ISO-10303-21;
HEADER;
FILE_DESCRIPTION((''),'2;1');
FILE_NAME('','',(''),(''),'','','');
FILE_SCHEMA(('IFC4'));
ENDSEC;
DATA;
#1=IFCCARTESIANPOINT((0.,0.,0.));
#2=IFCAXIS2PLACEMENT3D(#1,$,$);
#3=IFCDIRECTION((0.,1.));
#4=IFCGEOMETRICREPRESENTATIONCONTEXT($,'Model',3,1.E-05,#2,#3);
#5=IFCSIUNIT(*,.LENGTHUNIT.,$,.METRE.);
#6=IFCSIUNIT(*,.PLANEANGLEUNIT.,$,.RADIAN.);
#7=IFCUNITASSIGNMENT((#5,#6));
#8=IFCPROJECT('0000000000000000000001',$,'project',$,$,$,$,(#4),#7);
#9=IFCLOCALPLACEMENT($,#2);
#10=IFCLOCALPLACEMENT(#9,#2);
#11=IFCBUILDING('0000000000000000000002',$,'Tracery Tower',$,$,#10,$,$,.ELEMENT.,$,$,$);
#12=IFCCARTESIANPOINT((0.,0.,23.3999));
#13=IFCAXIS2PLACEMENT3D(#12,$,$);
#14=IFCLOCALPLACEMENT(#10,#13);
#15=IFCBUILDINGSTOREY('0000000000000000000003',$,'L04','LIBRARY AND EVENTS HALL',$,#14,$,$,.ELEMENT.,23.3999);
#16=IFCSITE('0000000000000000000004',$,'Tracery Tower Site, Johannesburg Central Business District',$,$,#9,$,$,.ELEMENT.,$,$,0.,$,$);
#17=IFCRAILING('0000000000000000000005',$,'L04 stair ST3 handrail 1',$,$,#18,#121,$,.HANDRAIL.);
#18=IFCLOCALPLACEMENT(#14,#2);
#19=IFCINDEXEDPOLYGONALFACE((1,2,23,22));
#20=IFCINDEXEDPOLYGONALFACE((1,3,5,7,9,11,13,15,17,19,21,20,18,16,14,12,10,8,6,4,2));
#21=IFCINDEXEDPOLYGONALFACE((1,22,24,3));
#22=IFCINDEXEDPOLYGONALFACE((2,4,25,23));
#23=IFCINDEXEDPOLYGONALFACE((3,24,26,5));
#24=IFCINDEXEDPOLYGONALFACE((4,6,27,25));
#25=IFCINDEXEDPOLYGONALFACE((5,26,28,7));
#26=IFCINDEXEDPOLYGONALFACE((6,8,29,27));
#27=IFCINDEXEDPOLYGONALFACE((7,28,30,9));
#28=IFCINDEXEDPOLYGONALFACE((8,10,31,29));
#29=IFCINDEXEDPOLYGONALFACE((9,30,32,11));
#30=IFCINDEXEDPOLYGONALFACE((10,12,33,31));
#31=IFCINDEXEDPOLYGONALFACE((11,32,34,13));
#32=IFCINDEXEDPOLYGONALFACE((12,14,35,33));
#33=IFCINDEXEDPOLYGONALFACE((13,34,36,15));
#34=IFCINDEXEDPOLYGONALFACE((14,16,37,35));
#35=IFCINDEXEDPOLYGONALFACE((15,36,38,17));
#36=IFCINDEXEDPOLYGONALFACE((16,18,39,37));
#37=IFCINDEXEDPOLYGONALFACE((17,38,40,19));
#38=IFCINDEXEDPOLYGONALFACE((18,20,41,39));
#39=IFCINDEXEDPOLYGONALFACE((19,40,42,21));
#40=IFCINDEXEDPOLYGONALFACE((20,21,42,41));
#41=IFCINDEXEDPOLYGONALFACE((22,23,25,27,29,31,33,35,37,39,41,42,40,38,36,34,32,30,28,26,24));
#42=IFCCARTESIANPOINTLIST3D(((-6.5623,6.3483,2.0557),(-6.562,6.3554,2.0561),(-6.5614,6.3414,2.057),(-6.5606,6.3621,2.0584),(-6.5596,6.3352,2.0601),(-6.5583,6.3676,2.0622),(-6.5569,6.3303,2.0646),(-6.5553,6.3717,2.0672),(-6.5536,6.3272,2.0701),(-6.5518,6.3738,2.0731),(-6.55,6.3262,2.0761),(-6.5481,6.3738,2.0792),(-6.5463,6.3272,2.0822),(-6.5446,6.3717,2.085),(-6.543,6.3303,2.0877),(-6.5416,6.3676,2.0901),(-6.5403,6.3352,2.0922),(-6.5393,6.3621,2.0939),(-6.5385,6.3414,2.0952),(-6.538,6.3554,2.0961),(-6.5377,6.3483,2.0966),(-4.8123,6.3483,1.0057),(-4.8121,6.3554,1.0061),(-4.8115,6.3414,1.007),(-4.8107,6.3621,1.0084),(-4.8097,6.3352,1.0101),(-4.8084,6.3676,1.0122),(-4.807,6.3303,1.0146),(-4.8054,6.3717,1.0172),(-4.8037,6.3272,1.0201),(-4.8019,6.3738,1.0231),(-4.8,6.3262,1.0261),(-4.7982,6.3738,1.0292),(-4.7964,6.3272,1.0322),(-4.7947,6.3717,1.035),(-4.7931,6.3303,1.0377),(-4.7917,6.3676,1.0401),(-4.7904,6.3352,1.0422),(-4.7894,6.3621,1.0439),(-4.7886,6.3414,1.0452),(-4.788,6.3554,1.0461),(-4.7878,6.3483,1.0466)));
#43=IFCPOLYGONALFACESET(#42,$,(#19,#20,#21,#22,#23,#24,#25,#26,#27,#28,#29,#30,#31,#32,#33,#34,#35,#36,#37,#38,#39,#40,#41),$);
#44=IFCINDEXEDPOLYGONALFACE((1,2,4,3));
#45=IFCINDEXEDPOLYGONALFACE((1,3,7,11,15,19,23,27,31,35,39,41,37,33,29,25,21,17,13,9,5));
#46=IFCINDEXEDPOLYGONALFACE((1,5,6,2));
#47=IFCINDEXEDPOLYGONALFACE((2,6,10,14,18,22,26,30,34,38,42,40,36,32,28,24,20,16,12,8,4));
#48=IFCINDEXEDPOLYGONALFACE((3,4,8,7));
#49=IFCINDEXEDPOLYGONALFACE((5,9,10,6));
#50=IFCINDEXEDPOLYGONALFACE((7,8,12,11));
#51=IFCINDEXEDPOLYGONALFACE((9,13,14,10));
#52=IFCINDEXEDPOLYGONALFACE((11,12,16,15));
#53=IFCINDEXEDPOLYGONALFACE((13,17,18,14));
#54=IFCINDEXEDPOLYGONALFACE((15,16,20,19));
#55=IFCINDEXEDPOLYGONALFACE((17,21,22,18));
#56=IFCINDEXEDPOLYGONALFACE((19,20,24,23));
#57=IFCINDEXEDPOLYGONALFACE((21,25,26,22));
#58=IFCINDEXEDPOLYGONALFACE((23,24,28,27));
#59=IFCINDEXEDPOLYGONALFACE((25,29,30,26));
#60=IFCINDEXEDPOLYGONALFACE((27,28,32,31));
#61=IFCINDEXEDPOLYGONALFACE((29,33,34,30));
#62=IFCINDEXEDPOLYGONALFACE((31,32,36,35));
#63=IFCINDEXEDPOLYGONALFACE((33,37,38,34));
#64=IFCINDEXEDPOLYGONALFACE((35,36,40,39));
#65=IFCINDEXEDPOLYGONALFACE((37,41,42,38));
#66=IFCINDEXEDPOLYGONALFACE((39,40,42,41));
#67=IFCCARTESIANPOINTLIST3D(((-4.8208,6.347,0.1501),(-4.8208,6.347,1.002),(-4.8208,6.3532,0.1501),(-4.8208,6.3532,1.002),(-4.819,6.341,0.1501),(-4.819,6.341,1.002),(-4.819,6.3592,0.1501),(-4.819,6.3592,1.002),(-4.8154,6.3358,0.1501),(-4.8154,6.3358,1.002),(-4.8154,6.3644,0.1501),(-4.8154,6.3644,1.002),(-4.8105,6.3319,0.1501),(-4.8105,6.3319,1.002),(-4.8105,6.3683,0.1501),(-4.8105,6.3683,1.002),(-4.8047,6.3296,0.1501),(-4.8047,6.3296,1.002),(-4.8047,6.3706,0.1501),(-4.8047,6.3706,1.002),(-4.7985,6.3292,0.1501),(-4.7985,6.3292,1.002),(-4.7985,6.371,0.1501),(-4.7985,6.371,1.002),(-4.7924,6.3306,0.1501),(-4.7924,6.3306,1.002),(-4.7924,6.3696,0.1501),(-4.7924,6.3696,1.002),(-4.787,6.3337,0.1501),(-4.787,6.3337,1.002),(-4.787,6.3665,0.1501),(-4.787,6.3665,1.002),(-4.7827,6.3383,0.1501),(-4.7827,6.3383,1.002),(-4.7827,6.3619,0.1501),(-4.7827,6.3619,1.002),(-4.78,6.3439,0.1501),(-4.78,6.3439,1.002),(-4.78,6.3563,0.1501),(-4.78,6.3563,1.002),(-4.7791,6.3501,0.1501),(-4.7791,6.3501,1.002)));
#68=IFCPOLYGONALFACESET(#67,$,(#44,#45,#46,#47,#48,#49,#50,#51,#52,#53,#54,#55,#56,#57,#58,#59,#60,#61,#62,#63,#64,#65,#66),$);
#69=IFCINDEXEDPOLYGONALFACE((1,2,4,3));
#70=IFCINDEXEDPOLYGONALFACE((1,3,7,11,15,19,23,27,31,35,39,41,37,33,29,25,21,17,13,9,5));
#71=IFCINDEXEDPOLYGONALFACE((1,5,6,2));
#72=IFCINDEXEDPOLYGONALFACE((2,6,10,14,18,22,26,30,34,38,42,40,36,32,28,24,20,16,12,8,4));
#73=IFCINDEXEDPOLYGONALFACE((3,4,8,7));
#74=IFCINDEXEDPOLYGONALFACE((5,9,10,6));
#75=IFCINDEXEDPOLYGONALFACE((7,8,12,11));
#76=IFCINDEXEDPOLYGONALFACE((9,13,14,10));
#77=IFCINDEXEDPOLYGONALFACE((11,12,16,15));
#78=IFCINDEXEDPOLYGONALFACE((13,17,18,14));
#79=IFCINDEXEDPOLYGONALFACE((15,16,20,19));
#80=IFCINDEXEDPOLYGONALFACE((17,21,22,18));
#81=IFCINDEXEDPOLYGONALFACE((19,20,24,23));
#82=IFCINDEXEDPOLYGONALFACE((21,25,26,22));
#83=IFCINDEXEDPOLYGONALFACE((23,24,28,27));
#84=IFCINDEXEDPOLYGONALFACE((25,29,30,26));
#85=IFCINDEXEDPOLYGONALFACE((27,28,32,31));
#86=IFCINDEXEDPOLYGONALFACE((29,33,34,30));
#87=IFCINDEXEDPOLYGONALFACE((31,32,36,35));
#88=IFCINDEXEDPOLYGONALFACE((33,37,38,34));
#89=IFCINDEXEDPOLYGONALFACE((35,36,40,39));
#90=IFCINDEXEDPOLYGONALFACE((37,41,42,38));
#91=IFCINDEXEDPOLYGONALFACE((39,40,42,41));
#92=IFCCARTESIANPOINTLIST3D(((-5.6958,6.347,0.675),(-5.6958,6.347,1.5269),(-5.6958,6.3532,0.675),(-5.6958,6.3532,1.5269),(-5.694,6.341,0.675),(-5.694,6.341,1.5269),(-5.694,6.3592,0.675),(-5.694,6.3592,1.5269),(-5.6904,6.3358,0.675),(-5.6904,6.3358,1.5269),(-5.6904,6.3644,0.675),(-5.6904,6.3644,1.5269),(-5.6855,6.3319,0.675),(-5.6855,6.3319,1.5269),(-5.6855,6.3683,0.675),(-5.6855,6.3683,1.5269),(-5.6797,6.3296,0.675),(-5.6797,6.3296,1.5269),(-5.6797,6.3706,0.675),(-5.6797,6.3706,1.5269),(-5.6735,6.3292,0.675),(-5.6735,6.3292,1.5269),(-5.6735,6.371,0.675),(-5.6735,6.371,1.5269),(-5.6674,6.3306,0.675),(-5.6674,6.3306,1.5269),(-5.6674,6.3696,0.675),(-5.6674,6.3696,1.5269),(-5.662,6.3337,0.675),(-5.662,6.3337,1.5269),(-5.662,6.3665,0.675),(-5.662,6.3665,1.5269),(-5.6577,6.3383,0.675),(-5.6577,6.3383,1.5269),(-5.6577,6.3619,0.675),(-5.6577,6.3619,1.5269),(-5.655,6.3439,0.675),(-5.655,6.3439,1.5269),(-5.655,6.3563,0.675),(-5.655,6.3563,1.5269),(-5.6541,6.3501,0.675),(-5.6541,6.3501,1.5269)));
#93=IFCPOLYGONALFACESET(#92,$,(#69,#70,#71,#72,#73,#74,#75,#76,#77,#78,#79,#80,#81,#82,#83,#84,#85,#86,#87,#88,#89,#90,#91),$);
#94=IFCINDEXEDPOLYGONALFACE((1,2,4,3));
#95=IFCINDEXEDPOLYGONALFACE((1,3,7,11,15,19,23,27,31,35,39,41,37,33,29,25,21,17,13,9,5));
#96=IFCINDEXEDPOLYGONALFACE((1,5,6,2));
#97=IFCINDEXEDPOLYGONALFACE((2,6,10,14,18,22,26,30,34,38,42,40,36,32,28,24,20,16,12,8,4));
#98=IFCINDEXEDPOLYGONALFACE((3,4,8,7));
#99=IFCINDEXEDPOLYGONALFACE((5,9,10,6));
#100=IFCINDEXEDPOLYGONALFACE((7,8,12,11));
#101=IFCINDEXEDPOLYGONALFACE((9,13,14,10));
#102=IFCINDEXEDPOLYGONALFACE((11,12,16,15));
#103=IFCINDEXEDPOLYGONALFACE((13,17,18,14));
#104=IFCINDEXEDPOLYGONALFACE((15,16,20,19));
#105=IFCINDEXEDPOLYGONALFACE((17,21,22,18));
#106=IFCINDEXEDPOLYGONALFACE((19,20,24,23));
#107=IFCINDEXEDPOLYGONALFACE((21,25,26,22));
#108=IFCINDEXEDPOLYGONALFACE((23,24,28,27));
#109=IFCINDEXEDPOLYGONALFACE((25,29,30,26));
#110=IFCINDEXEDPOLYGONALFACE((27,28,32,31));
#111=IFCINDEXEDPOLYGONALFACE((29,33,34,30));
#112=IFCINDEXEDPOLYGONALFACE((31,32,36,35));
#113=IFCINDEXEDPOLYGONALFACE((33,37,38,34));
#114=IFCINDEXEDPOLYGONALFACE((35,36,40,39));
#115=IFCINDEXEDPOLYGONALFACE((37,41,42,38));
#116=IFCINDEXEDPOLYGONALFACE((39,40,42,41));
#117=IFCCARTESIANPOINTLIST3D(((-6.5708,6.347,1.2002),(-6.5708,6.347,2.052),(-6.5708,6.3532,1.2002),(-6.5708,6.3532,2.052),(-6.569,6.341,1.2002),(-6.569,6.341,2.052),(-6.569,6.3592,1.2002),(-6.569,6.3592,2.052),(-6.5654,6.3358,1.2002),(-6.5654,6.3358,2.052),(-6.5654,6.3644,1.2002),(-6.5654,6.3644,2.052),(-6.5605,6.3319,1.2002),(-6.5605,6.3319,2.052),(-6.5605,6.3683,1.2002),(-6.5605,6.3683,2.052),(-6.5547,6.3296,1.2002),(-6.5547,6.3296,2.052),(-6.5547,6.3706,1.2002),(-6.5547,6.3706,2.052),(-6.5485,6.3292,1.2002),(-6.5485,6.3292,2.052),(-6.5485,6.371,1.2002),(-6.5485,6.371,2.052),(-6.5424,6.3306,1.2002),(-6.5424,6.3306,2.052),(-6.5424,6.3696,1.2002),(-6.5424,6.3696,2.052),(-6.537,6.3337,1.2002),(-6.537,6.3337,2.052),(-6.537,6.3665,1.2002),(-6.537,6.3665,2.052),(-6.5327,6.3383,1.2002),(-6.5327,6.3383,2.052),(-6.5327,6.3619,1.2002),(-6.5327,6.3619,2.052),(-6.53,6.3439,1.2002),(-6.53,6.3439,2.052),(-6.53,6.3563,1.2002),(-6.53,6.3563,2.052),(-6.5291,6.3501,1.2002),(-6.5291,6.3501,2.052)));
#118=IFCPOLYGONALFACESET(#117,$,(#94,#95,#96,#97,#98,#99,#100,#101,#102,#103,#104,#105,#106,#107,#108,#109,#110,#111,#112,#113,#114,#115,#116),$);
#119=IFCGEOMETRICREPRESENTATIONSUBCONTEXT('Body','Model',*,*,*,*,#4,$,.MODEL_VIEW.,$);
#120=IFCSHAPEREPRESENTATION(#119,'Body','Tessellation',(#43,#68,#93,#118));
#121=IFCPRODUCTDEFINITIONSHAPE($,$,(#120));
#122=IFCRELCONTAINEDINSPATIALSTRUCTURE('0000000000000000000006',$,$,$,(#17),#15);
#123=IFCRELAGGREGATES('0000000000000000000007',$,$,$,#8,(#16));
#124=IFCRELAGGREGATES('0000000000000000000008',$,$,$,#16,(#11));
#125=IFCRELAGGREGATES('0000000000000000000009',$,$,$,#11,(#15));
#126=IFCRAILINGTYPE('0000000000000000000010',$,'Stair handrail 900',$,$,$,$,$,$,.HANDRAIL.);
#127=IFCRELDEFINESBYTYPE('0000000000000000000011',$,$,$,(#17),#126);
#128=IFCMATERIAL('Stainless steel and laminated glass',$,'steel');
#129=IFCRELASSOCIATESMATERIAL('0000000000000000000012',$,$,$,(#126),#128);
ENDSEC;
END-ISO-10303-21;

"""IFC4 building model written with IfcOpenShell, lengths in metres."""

from ifc_helpers import new_model, si_unit, direction, frame, origin, origin_2d, place, context, subcontext, project, spatial, circle, extrude, material, type_object, element, save


model = new_model("IFC4")

# Units and contexts
model_context = context("Model", 3, precision=1e-05, world=origin(), true_north=direction((0.0, 1.0)))
body_context = subcontext(model_context, "Body", "Model", "MODEL_VIEW")
ifc_project = project(units=[si_unit("LENGTHUNIT", "METRE"), si_unit("PLANEANGLEUNIT", "RADIAN")], contexts=[model_context])

# Site, building, storey
site_placement = place(None, origin())
site = spatial("IfcSite", under=ifc_project, at=site_placement, Name="Tracery Tower Site, Johannesburg Central Business District", CompositionType="ELEMENT", RefElevation=0.0)
building_placement = place(site_placement, origin())
building = spatial("IfcBuilding", under=site, at=building_placement, Name="Tracery Tower", CompositionType="ELEMENT")
storey_placement = place(building_placement, frame((0.0, 0.0, 23.3999)))
storey = spatial("IfcBuildingStorey", under=building, at=storey_placement, Name="L04", Description="LIBRARY AND EVENTS HALL", CompositionType="ELEMENT", Elevation=23.3999)

# Railing
ifc_material_1 = material(Name="Stainless steel and laminated glass", Category="steel")
railing_type_1 = type_object("IfcRailingType", Name="Stair handrail 900", PredefinedType="HANDRAIL", material=ifc_material_1)
railing_1_placement = place(storey_placement, frame((-4.8, 6.3501, 0.1501)))
element("IfcRailing", 1, at=railing_1_placement, inside=storey, type_object=railing_type_1, Name="L04 stair ST3 handrail 1", PredefinedType="HANDRAIL", context=body_context, shape_type="SweptSolid", body=[
    extrude(circle(Radius=0.0239, at=origin_2d()), frame((0.0, 0.0, 0.876), z_axis=(-0.857482, 0.0, 0.514513), x_axis=(0.0, -1.0, 0.0)), (0.0, 0.0, 1.0), 2.0408),
    extrude(circle(Radius=0.021, at=origin_2d()), origin(), (0.0, 0.0, 1.0), 0.8518),
    extrude(circle(Radius=0.021, at=origin_2d()), frame((-0.875, 0.0, 0.5249)), (0.0, 0.0, 1.0), 0.8518),
    extrude(circle(Radius=0.021, at=origin_2d()), frame((-1.75, 0.0, 1.05)), (0.0, 0.0, 1.0), 0.8518),
])

save(model, "model.ifc")
